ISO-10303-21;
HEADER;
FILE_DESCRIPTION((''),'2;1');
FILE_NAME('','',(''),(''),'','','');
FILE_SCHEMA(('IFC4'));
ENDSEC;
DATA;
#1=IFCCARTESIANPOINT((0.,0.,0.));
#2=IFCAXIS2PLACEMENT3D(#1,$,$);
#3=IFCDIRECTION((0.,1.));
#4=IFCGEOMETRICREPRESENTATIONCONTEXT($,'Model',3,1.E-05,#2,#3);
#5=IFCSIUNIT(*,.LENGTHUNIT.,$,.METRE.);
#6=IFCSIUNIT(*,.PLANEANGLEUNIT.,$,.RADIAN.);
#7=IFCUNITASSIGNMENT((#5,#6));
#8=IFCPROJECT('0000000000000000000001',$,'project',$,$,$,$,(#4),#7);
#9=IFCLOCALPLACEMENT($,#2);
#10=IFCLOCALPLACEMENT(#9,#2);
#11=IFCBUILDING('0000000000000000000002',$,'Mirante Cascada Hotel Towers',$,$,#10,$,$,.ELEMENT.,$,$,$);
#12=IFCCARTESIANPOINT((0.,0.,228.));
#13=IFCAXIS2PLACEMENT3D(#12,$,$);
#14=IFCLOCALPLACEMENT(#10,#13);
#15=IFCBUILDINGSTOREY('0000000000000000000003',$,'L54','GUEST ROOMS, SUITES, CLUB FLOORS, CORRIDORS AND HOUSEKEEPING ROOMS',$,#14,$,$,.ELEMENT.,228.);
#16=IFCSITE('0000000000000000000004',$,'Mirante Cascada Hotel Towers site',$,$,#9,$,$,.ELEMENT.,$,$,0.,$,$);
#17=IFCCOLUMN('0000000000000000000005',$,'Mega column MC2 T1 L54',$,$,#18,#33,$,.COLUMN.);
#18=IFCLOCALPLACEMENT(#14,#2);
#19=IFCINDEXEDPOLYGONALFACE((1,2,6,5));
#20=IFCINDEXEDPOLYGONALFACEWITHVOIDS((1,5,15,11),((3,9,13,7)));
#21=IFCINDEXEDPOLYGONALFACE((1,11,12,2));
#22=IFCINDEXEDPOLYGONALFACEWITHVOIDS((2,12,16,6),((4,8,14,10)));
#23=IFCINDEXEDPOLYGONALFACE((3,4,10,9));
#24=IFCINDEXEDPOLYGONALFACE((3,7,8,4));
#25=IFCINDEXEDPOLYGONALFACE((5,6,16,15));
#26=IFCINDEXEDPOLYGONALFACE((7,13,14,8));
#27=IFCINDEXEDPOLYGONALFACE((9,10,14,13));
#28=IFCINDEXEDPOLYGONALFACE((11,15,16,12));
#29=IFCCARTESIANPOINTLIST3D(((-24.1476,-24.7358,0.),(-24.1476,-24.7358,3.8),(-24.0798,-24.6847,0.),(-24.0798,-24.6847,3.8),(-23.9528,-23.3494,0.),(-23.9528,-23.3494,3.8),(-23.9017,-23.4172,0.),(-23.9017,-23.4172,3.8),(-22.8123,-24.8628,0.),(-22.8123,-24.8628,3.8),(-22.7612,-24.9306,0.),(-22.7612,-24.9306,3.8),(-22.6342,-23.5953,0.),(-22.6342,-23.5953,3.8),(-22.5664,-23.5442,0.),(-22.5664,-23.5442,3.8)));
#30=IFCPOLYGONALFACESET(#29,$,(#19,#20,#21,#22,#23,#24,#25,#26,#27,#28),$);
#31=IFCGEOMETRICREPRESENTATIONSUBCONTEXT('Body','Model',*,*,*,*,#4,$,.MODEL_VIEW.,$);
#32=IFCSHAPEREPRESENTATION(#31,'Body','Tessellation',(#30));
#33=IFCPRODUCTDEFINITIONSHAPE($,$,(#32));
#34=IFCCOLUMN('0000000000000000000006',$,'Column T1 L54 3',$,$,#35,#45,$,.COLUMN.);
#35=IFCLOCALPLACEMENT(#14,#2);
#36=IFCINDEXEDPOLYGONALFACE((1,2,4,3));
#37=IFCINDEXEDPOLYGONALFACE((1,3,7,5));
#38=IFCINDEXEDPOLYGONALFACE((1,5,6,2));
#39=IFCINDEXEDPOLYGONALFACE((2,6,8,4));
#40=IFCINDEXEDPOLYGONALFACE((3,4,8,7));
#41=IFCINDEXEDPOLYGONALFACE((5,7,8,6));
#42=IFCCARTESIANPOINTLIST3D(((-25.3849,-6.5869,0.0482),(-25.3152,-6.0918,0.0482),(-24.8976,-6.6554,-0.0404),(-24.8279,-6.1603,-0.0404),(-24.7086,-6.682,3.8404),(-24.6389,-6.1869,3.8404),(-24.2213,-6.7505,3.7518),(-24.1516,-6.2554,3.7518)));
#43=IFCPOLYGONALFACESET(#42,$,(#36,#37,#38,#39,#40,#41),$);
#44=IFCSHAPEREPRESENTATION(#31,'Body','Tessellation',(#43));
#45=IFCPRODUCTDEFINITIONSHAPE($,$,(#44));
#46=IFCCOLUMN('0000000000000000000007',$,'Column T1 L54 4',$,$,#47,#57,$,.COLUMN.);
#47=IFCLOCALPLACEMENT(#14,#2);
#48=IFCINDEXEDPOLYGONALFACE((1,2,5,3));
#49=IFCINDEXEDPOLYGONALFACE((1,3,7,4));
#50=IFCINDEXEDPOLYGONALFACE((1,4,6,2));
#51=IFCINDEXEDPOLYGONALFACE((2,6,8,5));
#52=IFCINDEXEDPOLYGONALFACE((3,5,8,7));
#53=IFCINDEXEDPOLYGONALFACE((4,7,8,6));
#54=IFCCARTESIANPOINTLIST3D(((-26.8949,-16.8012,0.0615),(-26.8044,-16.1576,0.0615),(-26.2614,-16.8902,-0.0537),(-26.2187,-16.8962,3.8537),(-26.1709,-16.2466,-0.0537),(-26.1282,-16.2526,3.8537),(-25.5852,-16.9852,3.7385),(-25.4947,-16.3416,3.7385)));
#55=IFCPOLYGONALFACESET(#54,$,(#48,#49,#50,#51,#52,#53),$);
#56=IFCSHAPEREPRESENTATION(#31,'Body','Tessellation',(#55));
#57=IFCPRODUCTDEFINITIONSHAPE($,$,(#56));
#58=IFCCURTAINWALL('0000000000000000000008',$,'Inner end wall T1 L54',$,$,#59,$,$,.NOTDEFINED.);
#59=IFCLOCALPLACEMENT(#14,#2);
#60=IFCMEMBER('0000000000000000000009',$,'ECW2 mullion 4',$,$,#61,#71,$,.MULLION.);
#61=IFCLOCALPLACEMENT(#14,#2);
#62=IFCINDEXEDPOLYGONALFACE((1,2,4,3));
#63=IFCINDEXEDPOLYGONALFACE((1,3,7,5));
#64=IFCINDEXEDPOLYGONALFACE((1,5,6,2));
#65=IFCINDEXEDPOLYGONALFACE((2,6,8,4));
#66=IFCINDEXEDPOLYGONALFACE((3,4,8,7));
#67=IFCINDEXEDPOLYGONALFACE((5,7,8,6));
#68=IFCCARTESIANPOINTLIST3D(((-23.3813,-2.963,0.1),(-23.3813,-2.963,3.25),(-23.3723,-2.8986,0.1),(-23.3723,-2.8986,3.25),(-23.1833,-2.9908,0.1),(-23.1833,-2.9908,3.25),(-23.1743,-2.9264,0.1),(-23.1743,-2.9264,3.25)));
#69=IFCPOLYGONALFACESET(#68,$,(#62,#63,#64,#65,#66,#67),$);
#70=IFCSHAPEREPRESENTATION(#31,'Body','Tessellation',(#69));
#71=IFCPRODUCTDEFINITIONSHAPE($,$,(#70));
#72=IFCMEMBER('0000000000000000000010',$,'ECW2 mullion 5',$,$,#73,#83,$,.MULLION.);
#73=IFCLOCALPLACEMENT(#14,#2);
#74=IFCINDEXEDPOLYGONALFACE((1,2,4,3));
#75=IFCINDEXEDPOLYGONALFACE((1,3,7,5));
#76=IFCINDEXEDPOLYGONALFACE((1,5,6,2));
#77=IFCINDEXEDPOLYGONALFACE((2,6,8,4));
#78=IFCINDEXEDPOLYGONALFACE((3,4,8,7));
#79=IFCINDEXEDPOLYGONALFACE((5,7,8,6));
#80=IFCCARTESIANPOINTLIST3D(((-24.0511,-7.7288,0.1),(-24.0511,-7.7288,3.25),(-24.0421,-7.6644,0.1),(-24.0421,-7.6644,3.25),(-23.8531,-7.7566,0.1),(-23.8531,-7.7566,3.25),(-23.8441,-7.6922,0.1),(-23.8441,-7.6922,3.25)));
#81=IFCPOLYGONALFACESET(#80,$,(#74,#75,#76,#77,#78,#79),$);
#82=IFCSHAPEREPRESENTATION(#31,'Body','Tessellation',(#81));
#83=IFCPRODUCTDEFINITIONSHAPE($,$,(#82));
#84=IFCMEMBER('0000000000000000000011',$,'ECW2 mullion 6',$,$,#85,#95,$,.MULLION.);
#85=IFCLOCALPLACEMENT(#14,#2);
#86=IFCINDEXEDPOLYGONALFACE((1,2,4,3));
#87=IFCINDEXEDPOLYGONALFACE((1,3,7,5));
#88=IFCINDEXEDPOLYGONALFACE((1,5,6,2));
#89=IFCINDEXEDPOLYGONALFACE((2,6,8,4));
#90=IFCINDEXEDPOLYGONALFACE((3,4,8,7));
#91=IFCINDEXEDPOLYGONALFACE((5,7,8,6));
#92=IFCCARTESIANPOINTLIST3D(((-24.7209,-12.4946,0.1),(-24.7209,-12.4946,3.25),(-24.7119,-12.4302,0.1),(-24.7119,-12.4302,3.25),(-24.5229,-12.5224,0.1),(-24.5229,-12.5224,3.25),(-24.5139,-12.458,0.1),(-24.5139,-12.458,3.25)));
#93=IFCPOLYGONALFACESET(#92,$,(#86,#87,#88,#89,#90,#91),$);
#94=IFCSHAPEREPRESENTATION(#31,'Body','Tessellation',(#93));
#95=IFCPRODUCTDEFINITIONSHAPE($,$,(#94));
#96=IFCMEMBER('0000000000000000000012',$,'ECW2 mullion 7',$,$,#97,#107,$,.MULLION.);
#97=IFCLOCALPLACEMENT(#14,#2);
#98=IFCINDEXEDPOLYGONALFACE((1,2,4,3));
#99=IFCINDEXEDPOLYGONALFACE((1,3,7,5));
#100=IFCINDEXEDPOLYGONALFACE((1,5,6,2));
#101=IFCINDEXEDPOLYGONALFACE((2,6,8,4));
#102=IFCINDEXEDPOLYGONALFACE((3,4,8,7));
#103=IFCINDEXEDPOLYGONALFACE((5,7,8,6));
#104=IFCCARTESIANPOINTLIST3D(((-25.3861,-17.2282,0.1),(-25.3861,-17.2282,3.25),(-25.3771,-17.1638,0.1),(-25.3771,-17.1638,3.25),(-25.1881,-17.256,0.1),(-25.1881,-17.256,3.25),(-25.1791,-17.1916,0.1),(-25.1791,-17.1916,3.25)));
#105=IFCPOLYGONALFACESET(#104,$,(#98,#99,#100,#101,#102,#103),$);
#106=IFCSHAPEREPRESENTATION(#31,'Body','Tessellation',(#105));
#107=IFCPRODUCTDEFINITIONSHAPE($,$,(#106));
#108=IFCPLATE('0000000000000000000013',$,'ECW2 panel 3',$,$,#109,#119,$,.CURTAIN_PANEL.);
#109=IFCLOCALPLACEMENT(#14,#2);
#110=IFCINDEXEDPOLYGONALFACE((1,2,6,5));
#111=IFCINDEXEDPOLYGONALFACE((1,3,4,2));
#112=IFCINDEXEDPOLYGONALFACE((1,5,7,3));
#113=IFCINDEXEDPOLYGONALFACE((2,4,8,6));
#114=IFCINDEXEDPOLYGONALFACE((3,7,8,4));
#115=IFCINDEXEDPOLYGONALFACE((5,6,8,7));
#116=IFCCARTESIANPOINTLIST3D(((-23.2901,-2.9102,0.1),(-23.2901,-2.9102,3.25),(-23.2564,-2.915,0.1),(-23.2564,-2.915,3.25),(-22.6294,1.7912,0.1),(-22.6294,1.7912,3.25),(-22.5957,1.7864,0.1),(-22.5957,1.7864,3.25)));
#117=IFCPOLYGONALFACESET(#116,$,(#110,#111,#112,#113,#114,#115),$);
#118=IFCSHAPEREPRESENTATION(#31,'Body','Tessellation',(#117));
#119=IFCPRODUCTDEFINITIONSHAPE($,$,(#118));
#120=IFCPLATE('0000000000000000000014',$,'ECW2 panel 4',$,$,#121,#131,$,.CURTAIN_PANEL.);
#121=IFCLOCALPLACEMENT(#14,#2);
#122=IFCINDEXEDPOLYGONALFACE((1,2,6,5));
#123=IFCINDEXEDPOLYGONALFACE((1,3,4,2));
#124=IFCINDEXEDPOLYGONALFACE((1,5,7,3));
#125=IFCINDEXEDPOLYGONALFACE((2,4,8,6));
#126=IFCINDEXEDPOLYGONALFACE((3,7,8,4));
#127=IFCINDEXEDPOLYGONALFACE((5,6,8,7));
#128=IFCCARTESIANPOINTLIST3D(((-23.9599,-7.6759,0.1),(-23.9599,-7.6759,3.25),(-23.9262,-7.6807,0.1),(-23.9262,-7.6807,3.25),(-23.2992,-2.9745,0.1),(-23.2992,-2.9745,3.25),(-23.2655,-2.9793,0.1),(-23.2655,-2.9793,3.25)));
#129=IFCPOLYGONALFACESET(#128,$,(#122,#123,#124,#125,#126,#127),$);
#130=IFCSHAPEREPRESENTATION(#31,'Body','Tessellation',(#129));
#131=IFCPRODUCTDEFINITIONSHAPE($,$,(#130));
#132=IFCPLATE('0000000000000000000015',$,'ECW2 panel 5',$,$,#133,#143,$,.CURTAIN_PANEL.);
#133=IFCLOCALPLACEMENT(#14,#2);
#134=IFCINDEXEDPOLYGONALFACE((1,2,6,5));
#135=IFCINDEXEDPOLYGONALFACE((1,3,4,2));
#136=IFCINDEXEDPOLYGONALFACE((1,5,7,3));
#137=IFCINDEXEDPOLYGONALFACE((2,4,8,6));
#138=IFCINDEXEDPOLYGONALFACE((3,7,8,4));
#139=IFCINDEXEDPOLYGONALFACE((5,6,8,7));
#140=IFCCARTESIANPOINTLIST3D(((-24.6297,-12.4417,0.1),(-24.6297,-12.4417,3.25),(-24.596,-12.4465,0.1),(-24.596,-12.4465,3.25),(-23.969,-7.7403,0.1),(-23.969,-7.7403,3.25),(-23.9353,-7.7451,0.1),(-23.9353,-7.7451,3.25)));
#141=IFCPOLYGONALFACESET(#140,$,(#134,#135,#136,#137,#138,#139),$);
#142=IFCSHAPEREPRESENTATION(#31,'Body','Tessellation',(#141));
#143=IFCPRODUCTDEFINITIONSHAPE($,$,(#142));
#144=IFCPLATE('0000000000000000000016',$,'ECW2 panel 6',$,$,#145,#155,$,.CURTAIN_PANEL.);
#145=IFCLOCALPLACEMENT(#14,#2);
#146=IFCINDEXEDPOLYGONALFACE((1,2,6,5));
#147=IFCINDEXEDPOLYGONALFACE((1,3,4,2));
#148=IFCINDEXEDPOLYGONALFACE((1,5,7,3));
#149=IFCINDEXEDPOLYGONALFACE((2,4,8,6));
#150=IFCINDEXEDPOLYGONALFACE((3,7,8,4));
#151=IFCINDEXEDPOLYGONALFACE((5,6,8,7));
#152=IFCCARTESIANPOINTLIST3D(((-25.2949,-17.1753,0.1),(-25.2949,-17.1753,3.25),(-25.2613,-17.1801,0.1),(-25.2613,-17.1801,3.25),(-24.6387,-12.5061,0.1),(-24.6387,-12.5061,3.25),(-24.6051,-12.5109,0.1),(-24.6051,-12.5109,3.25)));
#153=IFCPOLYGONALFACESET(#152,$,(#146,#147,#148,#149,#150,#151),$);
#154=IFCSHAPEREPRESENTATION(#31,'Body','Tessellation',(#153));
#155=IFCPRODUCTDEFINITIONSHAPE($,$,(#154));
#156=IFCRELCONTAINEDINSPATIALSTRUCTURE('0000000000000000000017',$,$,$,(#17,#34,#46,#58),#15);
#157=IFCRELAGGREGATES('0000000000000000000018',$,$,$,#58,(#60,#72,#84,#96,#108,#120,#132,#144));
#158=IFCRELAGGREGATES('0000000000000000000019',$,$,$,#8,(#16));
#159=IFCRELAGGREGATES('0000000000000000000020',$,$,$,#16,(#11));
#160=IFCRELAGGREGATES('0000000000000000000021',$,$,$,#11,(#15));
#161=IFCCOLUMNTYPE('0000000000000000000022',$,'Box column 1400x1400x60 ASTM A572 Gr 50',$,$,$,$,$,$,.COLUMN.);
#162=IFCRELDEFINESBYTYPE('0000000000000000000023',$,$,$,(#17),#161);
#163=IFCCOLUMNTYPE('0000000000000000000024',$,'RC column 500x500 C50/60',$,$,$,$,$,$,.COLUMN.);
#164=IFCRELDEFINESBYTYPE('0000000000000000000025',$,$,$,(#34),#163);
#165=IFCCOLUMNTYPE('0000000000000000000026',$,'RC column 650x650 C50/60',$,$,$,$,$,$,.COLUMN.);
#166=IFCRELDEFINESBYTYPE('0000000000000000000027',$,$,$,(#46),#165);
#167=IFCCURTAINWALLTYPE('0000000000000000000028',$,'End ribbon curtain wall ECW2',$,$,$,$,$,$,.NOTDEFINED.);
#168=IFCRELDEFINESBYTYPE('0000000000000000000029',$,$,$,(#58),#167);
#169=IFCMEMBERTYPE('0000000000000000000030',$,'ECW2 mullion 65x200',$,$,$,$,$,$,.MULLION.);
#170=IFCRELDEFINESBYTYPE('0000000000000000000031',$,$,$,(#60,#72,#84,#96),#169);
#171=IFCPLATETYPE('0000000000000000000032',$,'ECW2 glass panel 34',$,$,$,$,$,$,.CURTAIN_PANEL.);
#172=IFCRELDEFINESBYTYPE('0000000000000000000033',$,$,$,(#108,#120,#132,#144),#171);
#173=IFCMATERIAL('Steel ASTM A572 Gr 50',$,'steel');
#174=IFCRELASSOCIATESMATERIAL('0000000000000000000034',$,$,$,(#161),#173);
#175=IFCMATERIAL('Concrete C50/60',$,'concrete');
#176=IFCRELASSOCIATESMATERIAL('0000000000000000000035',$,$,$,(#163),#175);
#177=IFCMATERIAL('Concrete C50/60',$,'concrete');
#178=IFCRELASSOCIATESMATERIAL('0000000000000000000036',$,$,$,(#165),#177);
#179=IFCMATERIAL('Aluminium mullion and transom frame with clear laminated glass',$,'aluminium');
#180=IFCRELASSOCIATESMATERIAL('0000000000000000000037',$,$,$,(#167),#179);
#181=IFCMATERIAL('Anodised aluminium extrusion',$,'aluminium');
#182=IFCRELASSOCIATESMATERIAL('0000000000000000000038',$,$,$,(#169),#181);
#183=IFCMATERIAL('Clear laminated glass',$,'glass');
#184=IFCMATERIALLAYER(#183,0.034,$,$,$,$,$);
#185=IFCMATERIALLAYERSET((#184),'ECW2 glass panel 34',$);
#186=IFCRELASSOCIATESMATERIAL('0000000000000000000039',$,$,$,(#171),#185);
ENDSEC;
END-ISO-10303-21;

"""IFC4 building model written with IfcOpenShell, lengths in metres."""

from ifc_helpers import new_model, si_unit, direction, frame, origin, origin_2d, place, context, subcontext, project, spatial, rectangle, hollow_rectangle, extrude, material, layer, layer_set, material_profile, profile_set, type_object, element, aggregate, save


model = new_model("IFC4")

# Units and contexts
model_context = context("Model", 3, precision=1e-05, world=origin(), true_north=direction((0.0, 1.0)))
body_context = subcontext(model_context, "Body", "Model", "MODEL_VIEW")
ifc_project = project(units=[si_unit("LENGTHUNIT", "METRE"), si_unit("PLANEANGLEUNIT", "RADIAN")], contexts=[model_context])

# Site, building, storey
site_placement = place(None, origin())
site = spatial("IfcSite", under=ifc_project, at=site_placement, Name="Mirante Cascada Hotel Towers site", CompositionType="ELEMENT", RefElevation=0.0)
building_placement = place(site_placement, origin())
building = spatial("IfcBuilding", under=site, at=building_placement, Name="Mirante Cascada Hotel Towers", CompositionType="ELEMENT")
storey_placement = place(building_placement, frame((0.0, 0.0, 228.0)))
storey = spatial("IfcBuildingStorey", under=building, at=storey_placement, Name="L54", Description="GUEST ROOMS, SUITES, CLUB FLOORS, CORRIDORS AND HOUSEKEEPING ROOMS", CompositionType="ELEMENT", Elevation=228.0)

# Columns
ifc_material_1 = material(Name="Steel ASTM A572 Gr 50", Category="steel")
ifc_material_profile_1 = material_profile(ifc_material_1, hollow_rectangle(XDim=1.4, YDim=1.4, WallThickness=0.06, at=origin_2d()), Name="Box column 1400x1400x60 ASTM A572 Gr 50")
ifc_profile_set_1 = profile_set([ifc_material_profile_1], Name="Steel ASTM A572 Gr 50")
column_type_1 = type_object("IfcColumnType", Name="Box column 1400x1400x60 ASTM A572 Gr 50", PredefinedType="COLUMN", material=ifc_profile_set_1)
column_1_placement = place(storey_placement, frame((-23.357, -24.14, 0.0), z_axis=(0.0, 0.0, 1.0), x_axis=(-0.990268, 0.139173, 0.0)))
element("IfcColumn", 1, at=column_1_placement, inside=storey, type_object=column_type_1, Name="Mega column MC2 T1 L54", PredefinedType="COLUMN", context=body_context, shape_type="SweptSolid", body=[
    extrude(hollow_rectangle(XDim=1.4, YDim=1.4, WallThickness=0.06, at=origin_2d()), origin(), (0.0, 0.0, 1.0), 3.8),
])
ifc_material_2 = material(Name="Concrete C50/60", Category="concrete")
ifc_material_profile_2 = material_profile(ifc_material_2, rectangle(XDim=0.5, YDim=0.5, at=origin_2d()), Name="RC column 500x500 C50/60")
ifc_profile_set_2 = profile_set([ifc_material_profile_2], Name="Concrete C50/60")
column_type_2 = type_object("IfcColumnType", Name="RC column 500x500 C50/60", PredefinedType="COLUMN", material=ifc_profile_set_2)
column_2_placement = place(storey_placement, frame((-25.1064, -6.3736, 0.0039), z_axis=(0.175516, -0.024681, 0.984167), x_axis=(0.139248, 0.990258, 0.0)))
element("IfcColumn", 2, at=column_2_placement, inside=storey, type_object=column_type_2, Name="Column T1 L54 3", PredefinedType="COLUMN", context=body_context, shape_type="SweptSolid", body=[
    extrude(rectangle(XDim=0.5, YDim=0.5, at=origin_2d()), origin(), (0.0, 0.0, 1.0), 3.8532),
])
ifc_material_3 = material(Name="Concrete C50/60", Category="concrete")
ifc_material_profile_3 = material_profile(ifc_material_3, rectangle(XDim=0.65, YDim=0.65, at=origin_2d()), Name="RC column 650x650 C50/60")
ifc_profile_set_3 = profile_set([ifc_material_profile_3], Name="Concrete C50/60")
column_type_3 = type_object("IfcColumnType", Name="RC column 650x650 C50/60", PredefinedType="COLUMN", material=ifc_profile_set_3)
column_3_placement = place(storey_placement, frame((-26.5329, -16.5239, 0.0039), z_axis=(0.175491, -0.024655, 0.984172), x_axis=(0.139125, 0.990275, 0.0)))
element("IfcColumn", 3, at=column_3_placement, inside=storey, type_object=column_type_3, Name="Column T1 L54 4", PredefinedType="COLUMN", context=body_context, shape_type="SweptSolid", body=[
    extrude(rectangle(XDim=0.65, YDim=0.65, at=origin_2d()), origin(), (0.0, 0.0, 1.0), 3.8532),
])

# Curtain wall, members, plates
ifc_material_4 = material(Name="Aluminium mullion and transom frame with clear laminated glass", Category="aluminium")
curtain_wall_type = type_object("IfcCurtainWallType", Name="End ribbon curtain wall ECW2", PredefinedType="NOTDEFINED", material=ifc_material_4)
curtain_wall_placement = place(storey_placement, origin())
curtain_wall = element("IfcCurtainWall", 4, at=curtain_wall_placement, inside=storey, type_object=curtain_wall_type, Name="Inner end wall T1 L54", PredefinedType="NOTDEFINED")
ifc_material_5 = material(Name="Anodised aluminium extrusion", Category="aluminium")
ifc_material_profile_4 = material_profile(ifc_material_5, rectangle(XDim=0.2, YDim=0.065, at=origin_2d()), Name="ECW2 MULLION 65x200")
ifc_profile_set_4 = profile_set([ifc_material_profile_4], Name="Anodised aluminium extrusion")
member_type = type_object("IfcMemberType", Name="ECW2 mullion 65x200", PredefinedType="MULLION", material=ifc_profile_set_4)
member_1_placement = place(storey_placement, frame((-23.2778, -2.9447, 0.1), z_axis=(0.0, 0.0, 1.0), x_axis=(0.990268, -0.139173, 0.0)))
member_1 = element("IfcMember", 5, at=member_1_placement, type_object=member_type, Name="ECW2 mullion 4", PredefinedType="MULLION", context=body_context, shape_type="SweptSolid", body=[
    extrude(rectangle(XDim=0.2, YDim=0.065, at=origin_2d()), origin(), (0.0, 0.0, 1.0), 3.15),
])
member_2_placement = place(storey_placement, frame((-23.9476, -7.7105, 0.1), z_axis=(0.0, 0.0, 1.0), x_axis=(0.990268, -0.139173, 0.0)))
member_2 = element("IfcMember", 6, at=member_2_placement, type_object=member_type, Name="ECW2 mullion 5", PredefinedType="MULLION", context=body_context, shape_type="SweptSolid", body=[
    extrude(rectangle(XDim=0.2, YDim=0.065, at=origin_2d()), origin(), (0.0, 0.0, 1.0), 3.15),
])
member_3_placement = place(storey_placement, frame((-24.6174, -12.4763, 0.1), z_axis=(0.0, 0.0, 1.0), x_axis=(0.990268, -0.139173, 0.0)))
member_3 = element("IfcMember", 7, at=member_3_placement, type_object=member_type, Name="ECW2 mullion 6", PredefinedType="MULLION", context=body_context, shape_type="SweptSolid", body=[
    extrude(rectangle(XDim=0.2, YDim=0.065, at=origin_2d()), origin(), (0.0, 0.0, 1.0), 3.15),
])
member_4_placement = place(storey_placement, frame((-25.2826, -17.2099, 0.1), z_axis=(0.0, 0.0, 1.0), x_axis=(0.990268, -0.139173, 0.0)))
member_4 = element("IfcMember", 8, at=member_4_placement, type_object=member_type, Name="ECW2 mullion 7", PredefinedType="MULLION", context=body_context, shape_type="SweptSolid", body=[
    extrude(rectangle(XDim=0.2, YDim=0.065, at=origin_2d()), origin(), (0.0, 0.0, 1.0), 3.15),
])
ifc_material_6 = material(Name="Clear laminated glass", Category="glass")
ifc_layer_1 = layer(ifc_material_6, 0.034)
ifc_layer_set_1 = layer_set([ifc_layer_1], Name="ECW2 glass panel 34")
plate_type = type_object("IfcPlateType", Name="ECW2 glass panel 34", PredefinedType="CURTAIN_PANEL", material=ifc_layer_set_1)
plate_1_placement = place(storey_placement, frame((-22.9429, -0.5619, 0.1), z_axis=(0.0, 0.0, 1.0), x_axis=(-0.139173, -0.990268, 0.0)))
plate_1 = element("IfcPlate", 9, at=plate_1_placement, type_object=plate_type, Name="ECW2 panel 3", PredefinedType="CURTAIN_PANEL", context=body_context, shape_type="SweptSolid", body=[
    extrude(rectangle(XDim=4.7476, YDim=0.034, at=origin_2d()), origin(), (0.0, 0.0, 1.0), 3.15),
])
plate_2_placement = place(storey_placement, frame((-23.6127, -5.3276, 0.1), z_axis=(0.0, 0.0, 1.0), x_axis=(-0.139173, -0.990268, 0.0)))
plate_2 = element("IfcPlate", 10, at=plate_2_placement, type_object=plate_type, Name="ECW2 panel 4", PredefinedType="CURTAIN_PANEL", context=body_context, shape_type="SweptSolid", body=[
    extrude(rectangle(XDim=4.7476, YDim=0.034, at=origin_2d()), origin(), (0.0, 0.0, 1.0), 3.15),
])
plate_3_placement = place(storey_placement, frame((-24.2825, -10.0934, 0.1), z_axis=(0.0, 0.0, 1.0), x_axis=(-0.139173, -0.990268, 0.0)))
plate_3 = element("IfcPlate", 11, at=plate_3_placement, type_object=plate_type, Name="ECW2 panel 5", PredefinedType="CURTAIN_PANEL", context=body_context, shape_type="SweptSolid", body=[
    extrude(rectangle(XDim=4.7476, YDim=0.034, at=origin_2d()), origin(), (0.0, 0.0, 1.0), 3.15),
])
plate_4_placement = place(storey_placement, frame((-24.95, -14.8431, 0.1), z_axis=(0.0, 0.0, 1.0), x_axis=(-0.139173, -0.990268, 0.0)))
plate_4 = element("IfcPlate", 12, at=plate_4_placement, type_object=plate_type, Name="ECW2 panel 6", PredefinedType="CURTAIN_PANEL", context=body_context, shape_type="SweptSolid", body=[
    extrude(rectangle(XDim=4.7151, YDim=0.034, at=origin_2d()), origin(), (0.0, 0.0, 1.0), 3.15),
])
aggregate(curtain_wall, [member_1, member_2, member_3, member_4, plate_1, plate_2, plate_3, plate_4])

save(model, "model.ifc")
